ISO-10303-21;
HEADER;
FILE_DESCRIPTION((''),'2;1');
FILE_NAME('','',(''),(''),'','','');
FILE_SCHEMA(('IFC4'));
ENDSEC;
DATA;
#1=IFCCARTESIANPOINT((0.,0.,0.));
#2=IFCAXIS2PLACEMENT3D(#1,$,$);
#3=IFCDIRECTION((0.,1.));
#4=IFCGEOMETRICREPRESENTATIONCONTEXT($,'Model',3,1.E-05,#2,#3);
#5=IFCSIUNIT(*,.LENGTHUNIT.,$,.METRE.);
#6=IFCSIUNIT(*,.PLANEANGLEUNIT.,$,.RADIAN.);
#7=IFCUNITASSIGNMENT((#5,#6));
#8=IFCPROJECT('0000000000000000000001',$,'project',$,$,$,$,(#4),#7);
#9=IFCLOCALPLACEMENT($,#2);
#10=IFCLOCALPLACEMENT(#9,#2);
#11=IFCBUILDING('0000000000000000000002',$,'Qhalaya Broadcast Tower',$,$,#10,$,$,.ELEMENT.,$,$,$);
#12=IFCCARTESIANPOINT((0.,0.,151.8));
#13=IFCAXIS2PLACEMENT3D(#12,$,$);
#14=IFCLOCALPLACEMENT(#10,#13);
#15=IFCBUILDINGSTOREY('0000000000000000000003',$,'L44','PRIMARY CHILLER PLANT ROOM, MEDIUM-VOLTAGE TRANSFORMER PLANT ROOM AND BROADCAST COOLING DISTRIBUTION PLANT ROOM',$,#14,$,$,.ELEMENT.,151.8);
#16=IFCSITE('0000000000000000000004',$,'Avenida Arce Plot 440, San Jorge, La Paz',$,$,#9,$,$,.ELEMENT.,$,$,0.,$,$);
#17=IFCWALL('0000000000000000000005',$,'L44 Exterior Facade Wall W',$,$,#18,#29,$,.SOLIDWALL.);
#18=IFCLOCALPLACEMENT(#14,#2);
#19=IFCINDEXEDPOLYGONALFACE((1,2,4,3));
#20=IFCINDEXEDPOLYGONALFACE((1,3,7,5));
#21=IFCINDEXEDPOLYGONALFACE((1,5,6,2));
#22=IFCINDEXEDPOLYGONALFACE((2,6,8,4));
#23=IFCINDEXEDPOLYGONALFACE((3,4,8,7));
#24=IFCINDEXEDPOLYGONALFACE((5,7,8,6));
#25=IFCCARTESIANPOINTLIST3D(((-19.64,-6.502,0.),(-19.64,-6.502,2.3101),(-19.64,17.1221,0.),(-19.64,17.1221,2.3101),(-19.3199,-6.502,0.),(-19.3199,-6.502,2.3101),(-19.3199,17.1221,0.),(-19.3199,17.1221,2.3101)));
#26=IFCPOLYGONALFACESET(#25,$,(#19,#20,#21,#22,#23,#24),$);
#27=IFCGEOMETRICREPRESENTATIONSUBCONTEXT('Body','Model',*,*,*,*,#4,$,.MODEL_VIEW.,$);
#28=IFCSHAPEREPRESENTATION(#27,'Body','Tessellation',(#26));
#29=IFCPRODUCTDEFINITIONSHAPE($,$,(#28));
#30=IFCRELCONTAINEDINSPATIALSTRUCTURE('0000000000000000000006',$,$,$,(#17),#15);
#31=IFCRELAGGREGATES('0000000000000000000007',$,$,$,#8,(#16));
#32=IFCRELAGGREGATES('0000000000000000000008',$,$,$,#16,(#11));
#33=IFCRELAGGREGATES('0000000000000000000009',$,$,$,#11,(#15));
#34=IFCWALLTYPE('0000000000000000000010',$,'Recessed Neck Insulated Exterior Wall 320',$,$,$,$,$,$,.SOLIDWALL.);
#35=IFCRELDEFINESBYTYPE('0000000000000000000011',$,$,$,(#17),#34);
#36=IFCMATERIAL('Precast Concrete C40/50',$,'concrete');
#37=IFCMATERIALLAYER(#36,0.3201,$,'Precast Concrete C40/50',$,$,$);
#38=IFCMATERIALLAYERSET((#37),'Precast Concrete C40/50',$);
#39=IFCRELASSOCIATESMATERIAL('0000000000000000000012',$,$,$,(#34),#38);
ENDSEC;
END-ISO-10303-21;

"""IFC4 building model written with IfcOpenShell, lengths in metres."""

from ifc_helpers import new_model, si_unit, direction, frame, frame_2d, origin, place, context, subcontext, project, spatial, rectangle, extrude, material, layer, layer_set, type_object, element, save


model = new_model("IFC4")

# Units and contexts
model_context = context("Model", 3, precision=1e-05, world=origin(), true_north=direction((0.0, 1.0)))
body_context = subcontext(model_context, "Body", "Model", "MODEL_VIEW")
ifc_project = project(units=[si_unit("LENGTHUNIT", "METRE"), si_unit("PLANEANGLEUNIT", "RADIAN")], contexts=[model_context])

# Site, building, storey
site_placement = place(None, origin())
site = spatial("IfcSite", under=ifc_project, at=site_placement, Name="Avenida Arce Plot 440, San Jorge, La Paz", CompositionType="ELEMENT", RefElevation=0.0)
building_placement = place(site_placement, origin())
building = spatial("IfcBuilding", under=site, at=building_placement, Name="Qhalaya Broadcast Tower", CompositionType="ELEMENT")
storey_placement = place(building_placement, frame((0.0, 0.0, 151.8)))
storey = spatial("IfcBuildingStorey", under=building, at=storey_placement, Name="L44", Description="PRIMARY CHILLER PLANT ROOM, MEDIUM-VOLTAGE TRANSFORMER PLANT ROOM AND BROADCAST COOLING DISTRIBUTION PLANT ROOM", CompositionType="ELEMENT", Elevation=151.8)

# Wall
ifc_material_1 = material(Name="Precast Concrete C40/50", Category="concrete")
ifc_layer_1 = layer(ifc_material_1, 0.3201, Name="Precast Concrete C40/50")
ifc_layer_set_1 = layer_set([ifc_layer_1], Name="Precast Concrete C40/50")
wall_type_1 = type_object("IfcWallType", Name="Recessed Neck Insulated Exterior Wall 320", PredefinedType="SOLIDWALL", material=ifc_layer_set_1)
wall_1_placement = place(storey_placement, frame((-19.48, -6.502, 0.0), z_axis=(0.0, 0.0, 1.0), x_axis=(0.0, 1.0, 0.0)))
element("IfcWall", 1, at=wall_1_placement, inside=storey, type_object=wall_type_1, Name="L44 Exterior Facade Wall W", PredefinedType="SOLIDWALL", context=body_context, shape_type="SweptSolid", body=[
    extrude(rectangle(XDim=23.624, YDim=0.3201, at=frame_2d((11.812, 0.0))), origin(), (0.0, 0.0, 1.0), 2.3101),
])

save(model, "model.ifc")
